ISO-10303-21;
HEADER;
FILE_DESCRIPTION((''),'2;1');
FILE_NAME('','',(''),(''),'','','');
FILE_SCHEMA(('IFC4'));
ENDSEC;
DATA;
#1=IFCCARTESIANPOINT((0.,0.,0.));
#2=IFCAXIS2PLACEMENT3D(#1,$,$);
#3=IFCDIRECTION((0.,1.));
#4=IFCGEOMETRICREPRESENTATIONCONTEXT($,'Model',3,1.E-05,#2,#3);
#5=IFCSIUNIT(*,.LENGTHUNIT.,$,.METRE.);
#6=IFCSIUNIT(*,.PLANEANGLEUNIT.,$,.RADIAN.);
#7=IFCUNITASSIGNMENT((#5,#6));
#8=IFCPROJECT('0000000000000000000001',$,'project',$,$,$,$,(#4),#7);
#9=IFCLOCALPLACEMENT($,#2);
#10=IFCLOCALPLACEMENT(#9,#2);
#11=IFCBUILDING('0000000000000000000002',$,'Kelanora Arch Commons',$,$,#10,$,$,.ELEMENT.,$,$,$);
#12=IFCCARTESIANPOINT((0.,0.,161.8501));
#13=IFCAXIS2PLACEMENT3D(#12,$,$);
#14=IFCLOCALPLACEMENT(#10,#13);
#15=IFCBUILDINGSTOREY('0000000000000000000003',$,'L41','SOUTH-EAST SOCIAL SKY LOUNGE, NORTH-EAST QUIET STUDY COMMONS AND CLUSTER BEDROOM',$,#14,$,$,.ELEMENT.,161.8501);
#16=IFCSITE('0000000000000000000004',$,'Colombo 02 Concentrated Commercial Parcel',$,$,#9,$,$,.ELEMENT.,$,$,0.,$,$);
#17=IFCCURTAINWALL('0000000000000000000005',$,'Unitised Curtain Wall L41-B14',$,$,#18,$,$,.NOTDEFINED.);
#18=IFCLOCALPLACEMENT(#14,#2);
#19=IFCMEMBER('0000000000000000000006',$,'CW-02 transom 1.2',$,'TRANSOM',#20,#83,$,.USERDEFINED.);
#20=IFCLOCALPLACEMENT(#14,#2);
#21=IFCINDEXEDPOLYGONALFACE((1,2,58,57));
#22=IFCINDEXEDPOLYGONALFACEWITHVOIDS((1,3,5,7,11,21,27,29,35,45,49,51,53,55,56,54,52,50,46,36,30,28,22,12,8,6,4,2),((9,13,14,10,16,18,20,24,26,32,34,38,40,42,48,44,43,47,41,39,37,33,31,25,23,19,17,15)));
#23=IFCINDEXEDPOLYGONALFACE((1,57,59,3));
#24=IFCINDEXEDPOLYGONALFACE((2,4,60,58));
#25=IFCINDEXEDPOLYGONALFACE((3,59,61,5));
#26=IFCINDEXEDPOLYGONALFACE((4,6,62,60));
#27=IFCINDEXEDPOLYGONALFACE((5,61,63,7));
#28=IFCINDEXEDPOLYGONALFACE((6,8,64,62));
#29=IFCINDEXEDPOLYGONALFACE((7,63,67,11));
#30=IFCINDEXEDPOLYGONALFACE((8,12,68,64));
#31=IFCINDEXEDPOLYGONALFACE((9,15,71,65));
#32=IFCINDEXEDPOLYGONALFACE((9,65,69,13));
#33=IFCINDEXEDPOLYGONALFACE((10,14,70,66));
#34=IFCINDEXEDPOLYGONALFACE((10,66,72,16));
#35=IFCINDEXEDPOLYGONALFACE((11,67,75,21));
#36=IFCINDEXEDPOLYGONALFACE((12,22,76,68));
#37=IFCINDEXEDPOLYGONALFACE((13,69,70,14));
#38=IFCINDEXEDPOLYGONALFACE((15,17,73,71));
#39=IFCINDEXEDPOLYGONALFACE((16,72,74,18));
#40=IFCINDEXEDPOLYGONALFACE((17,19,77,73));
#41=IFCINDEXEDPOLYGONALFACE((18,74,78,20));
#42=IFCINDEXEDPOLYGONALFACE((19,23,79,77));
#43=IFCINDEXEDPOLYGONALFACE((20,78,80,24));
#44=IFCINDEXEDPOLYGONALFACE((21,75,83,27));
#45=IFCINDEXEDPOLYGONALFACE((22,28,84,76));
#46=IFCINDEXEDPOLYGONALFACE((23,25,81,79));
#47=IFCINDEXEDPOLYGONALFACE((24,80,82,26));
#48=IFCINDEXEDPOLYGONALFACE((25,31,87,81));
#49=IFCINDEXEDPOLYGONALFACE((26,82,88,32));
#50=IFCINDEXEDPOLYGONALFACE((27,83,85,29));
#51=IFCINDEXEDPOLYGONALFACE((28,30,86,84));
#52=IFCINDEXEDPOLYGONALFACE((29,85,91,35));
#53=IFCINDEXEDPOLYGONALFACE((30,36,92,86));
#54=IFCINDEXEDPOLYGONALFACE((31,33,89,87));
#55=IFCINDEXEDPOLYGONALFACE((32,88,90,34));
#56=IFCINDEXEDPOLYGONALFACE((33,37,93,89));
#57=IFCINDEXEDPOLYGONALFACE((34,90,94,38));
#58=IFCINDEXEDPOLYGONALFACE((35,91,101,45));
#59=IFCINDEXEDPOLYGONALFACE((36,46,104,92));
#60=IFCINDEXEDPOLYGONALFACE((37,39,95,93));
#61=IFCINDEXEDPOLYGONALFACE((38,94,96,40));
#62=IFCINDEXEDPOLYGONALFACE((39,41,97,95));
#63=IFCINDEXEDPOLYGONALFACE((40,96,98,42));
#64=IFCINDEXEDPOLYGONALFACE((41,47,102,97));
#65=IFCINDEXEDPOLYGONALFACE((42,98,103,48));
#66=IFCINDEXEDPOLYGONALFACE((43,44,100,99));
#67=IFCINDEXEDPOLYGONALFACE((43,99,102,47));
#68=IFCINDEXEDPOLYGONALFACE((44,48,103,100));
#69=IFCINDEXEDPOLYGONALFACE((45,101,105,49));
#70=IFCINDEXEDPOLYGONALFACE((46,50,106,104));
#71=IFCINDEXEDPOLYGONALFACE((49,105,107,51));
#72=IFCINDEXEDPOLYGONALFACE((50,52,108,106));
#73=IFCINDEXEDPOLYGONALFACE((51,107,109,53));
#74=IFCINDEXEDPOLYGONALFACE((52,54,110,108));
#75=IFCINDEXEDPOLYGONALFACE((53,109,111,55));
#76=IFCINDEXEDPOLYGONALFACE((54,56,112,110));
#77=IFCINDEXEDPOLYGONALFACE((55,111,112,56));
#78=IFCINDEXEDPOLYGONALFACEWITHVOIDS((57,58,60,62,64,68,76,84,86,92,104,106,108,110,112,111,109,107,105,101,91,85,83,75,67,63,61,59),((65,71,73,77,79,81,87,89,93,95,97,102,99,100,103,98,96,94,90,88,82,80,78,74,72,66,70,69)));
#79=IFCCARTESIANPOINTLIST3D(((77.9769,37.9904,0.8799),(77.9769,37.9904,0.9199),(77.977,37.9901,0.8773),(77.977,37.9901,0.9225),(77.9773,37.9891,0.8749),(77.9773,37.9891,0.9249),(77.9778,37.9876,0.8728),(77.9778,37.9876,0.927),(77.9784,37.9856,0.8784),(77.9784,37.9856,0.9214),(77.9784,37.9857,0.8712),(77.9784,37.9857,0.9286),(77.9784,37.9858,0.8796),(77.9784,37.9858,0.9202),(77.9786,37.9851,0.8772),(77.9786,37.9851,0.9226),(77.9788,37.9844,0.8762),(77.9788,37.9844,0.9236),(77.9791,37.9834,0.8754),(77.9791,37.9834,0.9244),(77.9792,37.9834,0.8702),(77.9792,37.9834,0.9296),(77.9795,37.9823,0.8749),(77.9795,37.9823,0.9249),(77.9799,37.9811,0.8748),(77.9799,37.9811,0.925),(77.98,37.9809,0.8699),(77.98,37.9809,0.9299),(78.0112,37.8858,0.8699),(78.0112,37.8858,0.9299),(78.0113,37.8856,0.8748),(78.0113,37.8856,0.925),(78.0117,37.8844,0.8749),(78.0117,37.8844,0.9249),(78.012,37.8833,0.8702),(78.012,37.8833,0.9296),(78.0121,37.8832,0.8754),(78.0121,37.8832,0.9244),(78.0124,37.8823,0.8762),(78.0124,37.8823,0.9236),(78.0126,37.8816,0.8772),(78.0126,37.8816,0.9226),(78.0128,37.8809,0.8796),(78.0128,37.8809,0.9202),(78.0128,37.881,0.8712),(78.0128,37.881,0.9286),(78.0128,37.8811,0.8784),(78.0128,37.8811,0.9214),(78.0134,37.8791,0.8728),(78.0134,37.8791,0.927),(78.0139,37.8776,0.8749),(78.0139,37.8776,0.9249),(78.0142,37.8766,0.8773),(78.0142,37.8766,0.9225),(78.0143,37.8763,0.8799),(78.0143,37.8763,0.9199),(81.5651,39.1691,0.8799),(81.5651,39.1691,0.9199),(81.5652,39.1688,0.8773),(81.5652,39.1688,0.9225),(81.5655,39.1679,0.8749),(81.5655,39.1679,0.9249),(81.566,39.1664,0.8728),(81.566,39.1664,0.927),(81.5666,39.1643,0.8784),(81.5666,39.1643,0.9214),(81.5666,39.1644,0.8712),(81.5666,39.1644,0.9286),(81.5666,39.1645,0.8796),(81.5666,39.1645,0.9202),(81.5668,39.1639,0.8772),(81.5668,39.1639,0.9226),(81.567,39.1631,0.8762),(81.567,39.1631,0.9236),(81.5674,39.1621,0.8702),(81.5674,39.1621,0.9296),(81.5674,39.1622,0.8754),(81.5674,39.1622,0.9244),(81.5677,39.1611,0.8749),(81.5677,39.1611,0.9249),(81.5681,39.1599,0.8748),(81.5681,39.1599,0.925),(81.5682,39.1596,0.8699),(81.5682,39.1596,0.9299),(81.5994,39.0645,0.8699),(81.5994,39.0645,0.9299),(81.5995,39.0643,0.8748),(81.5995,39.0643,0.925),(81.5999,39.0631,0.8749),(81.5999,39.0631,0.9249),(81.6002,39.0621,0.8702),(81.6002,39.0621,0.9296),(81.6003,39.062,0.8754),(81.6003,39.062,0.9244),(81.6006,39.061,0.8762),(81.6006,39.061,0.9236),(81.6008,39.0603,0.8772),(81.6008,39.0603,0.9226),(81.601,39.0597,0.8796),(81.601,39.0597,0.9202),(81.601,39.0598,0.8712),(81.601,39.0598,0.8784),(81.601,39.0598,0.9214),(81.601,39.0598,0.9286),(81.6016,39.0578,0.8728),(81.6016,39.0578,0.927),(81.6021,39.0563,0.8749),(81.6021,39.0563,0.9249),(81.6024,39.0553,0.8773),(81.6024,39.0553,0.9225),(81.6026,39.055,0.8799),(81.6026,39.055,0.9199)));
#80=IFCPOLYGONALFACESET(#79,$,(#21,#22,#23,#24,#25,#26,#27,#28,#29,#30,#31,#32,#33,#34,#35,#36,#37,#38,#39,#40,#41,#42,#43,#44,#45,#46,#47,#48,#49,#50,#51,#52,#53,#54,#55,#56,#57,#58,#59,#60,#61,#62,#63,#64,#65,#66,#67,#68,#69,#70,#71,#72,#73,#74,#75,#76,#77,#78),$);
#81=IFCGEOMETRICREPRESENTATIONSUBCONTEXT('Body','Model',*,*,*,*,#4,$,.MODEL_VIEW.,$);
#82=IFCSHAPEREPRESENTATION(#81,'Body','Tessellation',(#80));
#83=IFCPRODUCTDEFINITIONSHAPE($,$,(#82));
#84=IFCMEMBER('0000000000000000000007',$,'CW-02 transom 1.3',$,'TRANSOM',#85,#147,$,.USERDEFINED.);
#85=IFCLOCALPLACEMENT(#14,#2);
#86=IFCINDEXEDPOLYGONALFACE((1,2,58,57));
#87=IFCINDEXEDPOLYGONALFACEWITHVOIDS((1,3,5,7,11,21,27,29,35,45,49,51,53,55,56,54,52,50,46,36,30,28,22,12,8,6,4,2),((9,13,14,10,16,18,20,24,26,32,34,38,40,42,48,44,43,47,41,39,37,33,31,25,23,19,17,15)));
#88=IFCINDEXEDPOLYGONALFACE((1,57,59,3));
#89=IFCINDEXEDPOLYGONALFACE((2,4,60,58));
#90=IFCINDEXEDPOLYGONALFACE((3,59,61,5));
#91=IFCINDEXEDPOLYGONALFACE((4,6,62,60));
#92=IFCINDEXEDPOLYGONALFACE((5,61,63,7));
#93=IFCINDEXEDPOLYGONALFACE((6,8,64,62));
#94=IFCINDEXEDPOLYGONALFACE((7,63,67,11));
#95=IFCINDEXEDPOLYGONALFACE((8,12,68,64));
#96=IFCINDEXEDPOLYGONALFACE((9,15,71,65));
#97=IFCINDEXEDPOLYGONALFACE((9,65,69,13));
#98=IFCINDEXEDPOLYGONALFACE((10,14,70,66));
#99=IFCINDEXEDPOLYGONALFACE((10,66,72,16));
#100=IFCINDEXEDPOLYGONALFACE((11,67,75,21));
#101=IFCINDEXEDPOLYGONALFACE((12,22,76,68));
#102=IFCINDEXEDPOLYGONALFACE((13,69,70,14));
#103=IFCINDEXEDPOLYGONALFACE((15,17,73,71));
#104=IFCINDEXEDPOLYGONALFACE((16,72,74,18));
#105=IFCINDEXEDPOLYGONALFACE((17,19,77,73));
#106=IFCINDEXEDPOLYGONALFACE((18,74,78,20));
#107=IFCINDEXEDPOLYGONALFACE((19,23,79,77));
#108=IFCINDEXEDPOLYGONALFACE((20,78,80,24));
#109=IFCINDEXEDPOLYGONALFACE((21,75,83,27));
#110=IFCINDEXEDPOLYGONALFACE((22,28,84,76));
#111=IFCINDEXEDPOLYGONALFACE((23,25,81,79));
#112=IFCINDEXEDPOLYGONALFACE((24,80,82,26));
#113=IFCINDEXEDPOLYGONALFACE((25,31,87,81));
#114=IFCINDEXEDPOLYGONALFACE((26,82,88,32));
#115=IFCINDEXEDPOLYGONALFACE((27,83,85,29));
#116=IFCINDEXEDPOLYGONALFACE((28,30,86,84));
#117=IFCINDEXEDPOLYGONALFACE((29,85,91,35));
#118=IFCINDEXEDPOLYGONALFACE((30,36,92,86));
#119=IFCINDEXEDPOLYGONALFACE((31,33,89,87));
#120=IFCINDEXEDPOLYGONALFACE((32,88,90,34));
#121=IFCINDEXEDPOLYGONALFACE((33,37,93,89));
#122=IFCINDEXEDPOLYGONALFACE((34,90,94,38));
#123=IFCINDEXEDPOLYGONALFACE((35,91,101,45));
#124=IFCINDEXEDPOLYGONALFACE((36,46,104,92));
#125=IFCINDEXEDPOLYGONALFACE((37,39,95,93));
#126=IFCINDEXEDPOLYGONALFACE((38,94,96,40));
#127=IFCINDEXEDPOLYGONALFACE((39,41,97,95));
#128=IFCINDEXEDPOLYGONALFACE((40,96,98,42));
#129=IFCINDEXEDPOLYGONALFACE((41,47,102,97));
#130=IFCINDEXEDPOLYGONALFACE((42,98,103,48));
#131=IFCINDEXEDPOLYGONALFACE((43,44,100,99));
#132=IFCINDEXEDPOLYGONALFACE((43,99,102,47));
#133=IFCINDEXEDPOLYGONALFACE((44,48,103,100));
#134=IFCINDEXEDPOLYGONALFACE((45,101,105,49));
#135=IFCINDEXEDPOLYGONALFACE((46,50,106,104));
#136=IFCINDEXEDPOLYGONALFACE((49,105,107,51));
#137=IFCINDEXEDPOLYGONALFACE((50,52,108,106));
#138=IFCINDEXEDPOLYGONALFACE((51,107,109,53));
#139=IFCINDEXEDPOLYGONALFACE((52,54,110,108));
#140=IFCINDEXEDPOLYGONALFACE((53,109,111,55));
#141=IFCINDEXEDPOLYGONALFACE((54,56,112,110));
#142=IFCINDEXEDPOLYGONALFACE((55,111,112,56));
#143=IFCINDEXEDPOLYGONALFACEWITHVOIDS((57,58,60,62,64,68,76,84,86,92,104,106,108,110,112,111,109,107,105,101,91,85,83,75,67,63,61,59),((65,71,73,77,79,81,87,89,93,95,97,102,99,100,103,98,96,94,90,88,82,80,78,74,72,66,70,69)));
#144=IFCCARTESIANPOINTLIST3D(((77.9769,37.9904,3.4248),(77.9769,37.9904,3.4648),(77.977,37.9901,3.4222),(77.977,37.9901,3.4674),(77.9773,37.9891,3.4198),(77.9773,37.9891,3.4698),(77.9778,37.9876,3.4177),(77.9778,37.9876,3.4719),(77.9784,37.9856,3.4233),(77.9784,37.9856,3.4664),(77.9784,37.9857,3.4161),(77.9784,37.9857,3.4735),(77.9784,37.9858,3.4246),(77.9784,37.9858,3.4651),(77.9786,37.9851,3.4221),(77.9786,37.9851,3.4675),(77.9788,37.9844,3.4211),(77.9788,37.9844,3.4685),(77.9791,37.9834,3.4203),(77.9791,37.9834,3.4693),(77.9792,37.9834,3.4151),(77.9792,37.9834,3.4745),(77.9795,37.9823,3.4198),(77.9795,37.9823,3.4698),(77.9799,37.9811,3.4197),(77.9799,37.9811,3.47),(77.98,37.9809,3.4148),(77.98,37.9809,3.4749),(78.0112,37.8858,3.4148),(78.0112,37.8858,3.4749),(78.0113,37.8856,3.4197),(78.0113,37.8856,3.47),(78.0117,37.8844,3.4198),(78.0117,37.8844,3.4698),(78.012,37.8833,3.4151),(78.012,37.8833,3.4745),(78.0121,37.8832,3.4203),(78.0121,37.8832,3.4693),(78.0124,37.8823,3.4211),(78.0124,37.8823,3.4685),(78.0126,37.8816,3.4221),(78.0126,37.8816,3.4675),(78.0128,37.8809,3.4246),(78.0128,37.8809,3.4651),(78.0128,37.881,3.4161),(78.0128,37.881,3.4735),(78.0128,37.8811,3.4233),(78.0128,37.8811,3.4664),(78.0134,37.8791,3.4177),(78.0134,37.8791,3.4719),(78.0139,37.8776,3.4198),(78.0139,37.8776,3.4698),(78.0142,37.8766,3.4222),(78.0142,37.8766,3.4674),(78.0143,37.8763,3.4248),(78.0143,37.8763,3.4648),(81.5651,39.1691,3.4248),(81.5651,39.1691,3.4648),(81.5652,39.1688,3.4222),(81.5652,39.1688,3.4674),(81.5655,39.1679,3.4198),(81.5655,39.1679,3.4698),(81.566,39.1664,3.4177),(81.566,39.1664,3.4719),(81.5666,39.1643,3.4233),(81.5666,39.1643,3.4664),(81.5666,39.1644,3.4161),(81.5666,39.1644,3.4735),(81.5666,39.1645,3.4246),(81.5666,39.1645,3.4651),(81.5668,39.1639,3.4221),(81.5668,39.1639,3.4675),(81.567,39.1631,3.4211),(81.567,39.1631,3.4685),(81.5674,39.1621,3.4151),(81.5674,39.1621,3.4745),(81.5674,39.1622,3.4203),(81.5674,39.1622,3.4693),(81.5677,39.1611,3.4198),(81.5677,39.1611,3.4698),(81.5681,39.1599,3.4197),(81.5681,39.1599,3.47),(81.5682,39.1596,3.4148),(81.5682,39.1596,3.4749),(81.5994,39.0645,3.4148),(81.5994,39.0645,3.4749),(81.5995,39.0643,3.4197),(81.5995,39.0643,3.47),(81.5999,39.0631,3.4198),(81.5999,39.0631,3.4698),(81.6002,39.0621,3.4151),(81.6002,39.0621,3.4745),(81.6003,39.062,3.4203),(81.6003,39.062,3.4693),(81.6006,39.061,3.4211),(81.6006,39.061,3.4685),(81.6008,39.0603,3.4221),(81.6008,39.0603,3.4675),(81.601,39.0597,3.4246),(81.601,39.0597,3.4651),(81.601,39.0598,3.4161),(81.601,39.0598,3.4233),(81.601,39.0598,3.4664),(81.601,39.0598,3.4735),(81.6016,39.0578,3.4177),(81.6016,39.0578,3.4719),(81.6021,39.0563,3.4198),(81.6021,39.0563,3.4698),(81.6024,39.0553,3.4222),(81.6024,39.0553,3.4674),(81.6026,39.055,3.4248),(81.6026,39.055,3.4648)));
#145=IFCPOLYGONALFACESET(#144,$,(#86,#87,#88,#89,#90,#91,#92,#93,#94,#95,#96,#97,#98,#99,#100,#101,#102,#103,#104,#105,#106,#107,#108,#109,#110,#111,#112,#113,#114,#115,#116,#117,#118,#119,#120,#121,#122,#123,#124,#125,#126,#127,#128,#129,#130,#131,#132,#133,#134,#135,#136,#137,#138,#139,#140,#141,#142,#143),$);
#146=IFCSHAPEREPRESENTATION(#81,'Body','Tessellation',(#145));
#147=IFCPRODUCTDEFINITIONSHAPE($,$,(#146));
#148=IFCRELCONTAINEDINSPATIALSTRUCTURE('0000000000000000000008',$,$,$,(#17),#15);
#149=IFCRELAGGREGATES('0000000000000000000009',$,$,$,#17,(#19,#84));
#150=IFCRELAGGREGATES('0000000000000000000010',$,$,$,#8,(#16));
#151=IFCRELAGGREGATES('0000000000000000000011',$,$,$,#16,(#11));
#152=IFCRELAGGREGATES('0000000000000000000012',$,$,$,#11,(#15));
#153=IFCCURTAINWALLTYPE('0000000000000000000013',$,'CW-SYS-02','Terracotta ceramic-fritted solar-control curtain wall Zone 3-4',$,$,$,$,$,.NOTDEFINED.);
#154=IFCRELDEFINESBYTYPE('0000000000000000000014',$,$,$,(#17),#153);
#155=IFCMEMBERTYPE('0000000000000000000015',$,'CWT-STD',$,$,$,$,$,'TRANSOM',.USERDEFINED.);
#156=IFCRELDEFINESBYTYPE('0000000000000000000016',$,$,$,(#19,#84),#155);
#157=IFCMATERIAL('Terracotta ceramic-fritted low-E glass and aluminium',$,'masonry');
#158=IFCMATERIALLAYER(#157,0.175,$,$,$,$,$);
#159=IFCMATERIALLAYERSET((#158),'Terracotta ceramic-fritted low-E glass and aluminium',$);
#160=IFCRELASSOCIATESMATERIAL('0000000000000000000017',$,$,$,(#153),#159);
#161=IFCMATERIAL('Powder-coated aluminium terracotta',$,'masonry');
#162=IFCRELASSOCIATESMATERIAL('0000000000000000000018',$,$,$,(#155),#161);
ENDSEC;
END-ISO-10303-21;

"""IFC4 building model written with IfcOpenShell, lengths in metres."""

from ifc_helpers import new_model, si_unit, direction, frame, origin, origin_2d, place, context, subcontext, project, spatial, hollow_rectangle, extrude, material, layer, layer_set, material_profile, profile_set, type_object, element, aggregate, save


model = new_model("IFC4")

# Units and contexts
model_context = context("Model", 3, precision=1e-05, world=origin(), true_north=direction((0.0, 1.0)))
body_context = subcontext(model_context, "Body", "Model", "MODEL_VIEW")
ifc_project = project(units=[si_unit("LENGTHUNIT", "METRE"), si_unit("PLANEANGLEUNIT", "RADIAN")], contexts=[model_context])

# Site, building, storey
site_placement = place(None, origin())
site = spatial("IfcSite", under=ifc_project, at=site_placement, Name="Colombo 02 Concentrated Commercial Parcel", CompositionType="ELEMENT", RefElevation=0.0)
building_placement = place(site_placement, origin())
building = spatial("IfcBuilding", under=site, at=building_placement, Name="Kelanora Arch Commons", CompositionType="ELEMENT")
storey_placement = place(building_placement, frame((0.0, 0.0, 161.8501)))
storey = spatial("IfcBuildingStorey", under=building, at=storey_placement, Name="L41", Description="SOUTH-EAST SOCIAL SKY LOUNGE, NORTH-EAST QUIET STUDY COMMONS AND CLUSTER BEDROOM", CompositionType="ELEMENT", Elevation=161.8501)

# Curtain wall, members
ifc_material_1 = material(Name="Terracotta ceramic-fritted low-E glass and aluminium", Category="masonry")
ifc_layer_1 = layer(ifc_material_1, 0.175)
ifc_layer_set_1 = layer_set([ifc_layer_1], Name="Terracotta ceramic-fritted low-E glass and aluminium")
curtain_wall_type = type_object("IfcCurtainWallType", Name="CW-SYS-02", Description="Terracotta ceramic-fritted solar-control curtain wall Zone 3-4", PredefinedType="NOTDEFINED", material=ifc_layer_set_1)
curtain_wall_placement = place(storey_placement, origin())
curtain_wall = element("IfcCurtainWall", 1, at=curtain_wall_placement, inside=storey, type_object=curtain_wall_type, Name="Unitised Curtain Wall L41-B14", PredefinedType="NOTDEFINED")
ifc_material_2 = material(Name="Powder-coated aluminium terracotta", Category="masonry")
ifc_material_profile_1 = material_profile(ifc_material_2, hollow_rectangle(XDim=0.1201, YDim=0.0601, WallThickness=0.0049, InnerFilletRadius=0.0049, OuterFilletRadius=0.01, at=origin_2d()), Name="CWT120x60")
ifc_profile_set_1 = profile_set([ifc_material_profile_1], Name="Powder-coated aluminium terracotta")
member_type_1 = type_object("IfcMemberType", Name="CWT-STD", ElementType="TRANSOM", PredefinedType="USERDEFINED", material=ifc_profile_set_1)
member_1_placement = place(storey_placement, frame((77.9956, 37.9333, 0.8999), z_axis=(0.950051, 0.312094, 0.0), x_axis=(-0.312094, 0.950051, 0.0)))
member_1 = element("IfcMember", 2, at=member_1_placement, type_object=member_type_1, Name="CW-02 transom 1.2", ObjectType="TRANSOM", PredefinedType="USERDEFINED", context=body_context, shape_type="SweptSolid", body=[
    extrude(hollow_rectangle(XDim=0.1201, YDim=0.0601, WallThickness=0.0049, InnerFilletRadius=0.0049, OuterFilletRadius=0.01, at=origin_2d()), origin(), (0.0, 0.0, 1.0), 3.7769),
])
member_2_placement = place(storey_placement, frame((77.9956, 37.9333, 3.4448), z_axis=(0.950051, 0.312094, 0.0), x_axis=(-0.312094, 0.950051, 0.0)))
member_2 = element("IfcMember", 3, at=member_2_placement, type_object=member_type_1, Name="CW-02 transom 1.3", ObjectType="TRANSOM", PredefinedType="USERDEFINED", context=body_context, shape_type="SweptSolid", body=[
    extrude(hollow_rectangle(XDim=0.1201, YDim=0.0601, WallThickness=0.0049, InnerFilletRadius=0.0049, OuterFilletRadius=0.01, at=origin_2d()), origin(), (0.0, 0.0, 1.0), 3.7769),
])
aggregate(curtain_wall, [member_1, member_2])

save(model, "model.ifc")
